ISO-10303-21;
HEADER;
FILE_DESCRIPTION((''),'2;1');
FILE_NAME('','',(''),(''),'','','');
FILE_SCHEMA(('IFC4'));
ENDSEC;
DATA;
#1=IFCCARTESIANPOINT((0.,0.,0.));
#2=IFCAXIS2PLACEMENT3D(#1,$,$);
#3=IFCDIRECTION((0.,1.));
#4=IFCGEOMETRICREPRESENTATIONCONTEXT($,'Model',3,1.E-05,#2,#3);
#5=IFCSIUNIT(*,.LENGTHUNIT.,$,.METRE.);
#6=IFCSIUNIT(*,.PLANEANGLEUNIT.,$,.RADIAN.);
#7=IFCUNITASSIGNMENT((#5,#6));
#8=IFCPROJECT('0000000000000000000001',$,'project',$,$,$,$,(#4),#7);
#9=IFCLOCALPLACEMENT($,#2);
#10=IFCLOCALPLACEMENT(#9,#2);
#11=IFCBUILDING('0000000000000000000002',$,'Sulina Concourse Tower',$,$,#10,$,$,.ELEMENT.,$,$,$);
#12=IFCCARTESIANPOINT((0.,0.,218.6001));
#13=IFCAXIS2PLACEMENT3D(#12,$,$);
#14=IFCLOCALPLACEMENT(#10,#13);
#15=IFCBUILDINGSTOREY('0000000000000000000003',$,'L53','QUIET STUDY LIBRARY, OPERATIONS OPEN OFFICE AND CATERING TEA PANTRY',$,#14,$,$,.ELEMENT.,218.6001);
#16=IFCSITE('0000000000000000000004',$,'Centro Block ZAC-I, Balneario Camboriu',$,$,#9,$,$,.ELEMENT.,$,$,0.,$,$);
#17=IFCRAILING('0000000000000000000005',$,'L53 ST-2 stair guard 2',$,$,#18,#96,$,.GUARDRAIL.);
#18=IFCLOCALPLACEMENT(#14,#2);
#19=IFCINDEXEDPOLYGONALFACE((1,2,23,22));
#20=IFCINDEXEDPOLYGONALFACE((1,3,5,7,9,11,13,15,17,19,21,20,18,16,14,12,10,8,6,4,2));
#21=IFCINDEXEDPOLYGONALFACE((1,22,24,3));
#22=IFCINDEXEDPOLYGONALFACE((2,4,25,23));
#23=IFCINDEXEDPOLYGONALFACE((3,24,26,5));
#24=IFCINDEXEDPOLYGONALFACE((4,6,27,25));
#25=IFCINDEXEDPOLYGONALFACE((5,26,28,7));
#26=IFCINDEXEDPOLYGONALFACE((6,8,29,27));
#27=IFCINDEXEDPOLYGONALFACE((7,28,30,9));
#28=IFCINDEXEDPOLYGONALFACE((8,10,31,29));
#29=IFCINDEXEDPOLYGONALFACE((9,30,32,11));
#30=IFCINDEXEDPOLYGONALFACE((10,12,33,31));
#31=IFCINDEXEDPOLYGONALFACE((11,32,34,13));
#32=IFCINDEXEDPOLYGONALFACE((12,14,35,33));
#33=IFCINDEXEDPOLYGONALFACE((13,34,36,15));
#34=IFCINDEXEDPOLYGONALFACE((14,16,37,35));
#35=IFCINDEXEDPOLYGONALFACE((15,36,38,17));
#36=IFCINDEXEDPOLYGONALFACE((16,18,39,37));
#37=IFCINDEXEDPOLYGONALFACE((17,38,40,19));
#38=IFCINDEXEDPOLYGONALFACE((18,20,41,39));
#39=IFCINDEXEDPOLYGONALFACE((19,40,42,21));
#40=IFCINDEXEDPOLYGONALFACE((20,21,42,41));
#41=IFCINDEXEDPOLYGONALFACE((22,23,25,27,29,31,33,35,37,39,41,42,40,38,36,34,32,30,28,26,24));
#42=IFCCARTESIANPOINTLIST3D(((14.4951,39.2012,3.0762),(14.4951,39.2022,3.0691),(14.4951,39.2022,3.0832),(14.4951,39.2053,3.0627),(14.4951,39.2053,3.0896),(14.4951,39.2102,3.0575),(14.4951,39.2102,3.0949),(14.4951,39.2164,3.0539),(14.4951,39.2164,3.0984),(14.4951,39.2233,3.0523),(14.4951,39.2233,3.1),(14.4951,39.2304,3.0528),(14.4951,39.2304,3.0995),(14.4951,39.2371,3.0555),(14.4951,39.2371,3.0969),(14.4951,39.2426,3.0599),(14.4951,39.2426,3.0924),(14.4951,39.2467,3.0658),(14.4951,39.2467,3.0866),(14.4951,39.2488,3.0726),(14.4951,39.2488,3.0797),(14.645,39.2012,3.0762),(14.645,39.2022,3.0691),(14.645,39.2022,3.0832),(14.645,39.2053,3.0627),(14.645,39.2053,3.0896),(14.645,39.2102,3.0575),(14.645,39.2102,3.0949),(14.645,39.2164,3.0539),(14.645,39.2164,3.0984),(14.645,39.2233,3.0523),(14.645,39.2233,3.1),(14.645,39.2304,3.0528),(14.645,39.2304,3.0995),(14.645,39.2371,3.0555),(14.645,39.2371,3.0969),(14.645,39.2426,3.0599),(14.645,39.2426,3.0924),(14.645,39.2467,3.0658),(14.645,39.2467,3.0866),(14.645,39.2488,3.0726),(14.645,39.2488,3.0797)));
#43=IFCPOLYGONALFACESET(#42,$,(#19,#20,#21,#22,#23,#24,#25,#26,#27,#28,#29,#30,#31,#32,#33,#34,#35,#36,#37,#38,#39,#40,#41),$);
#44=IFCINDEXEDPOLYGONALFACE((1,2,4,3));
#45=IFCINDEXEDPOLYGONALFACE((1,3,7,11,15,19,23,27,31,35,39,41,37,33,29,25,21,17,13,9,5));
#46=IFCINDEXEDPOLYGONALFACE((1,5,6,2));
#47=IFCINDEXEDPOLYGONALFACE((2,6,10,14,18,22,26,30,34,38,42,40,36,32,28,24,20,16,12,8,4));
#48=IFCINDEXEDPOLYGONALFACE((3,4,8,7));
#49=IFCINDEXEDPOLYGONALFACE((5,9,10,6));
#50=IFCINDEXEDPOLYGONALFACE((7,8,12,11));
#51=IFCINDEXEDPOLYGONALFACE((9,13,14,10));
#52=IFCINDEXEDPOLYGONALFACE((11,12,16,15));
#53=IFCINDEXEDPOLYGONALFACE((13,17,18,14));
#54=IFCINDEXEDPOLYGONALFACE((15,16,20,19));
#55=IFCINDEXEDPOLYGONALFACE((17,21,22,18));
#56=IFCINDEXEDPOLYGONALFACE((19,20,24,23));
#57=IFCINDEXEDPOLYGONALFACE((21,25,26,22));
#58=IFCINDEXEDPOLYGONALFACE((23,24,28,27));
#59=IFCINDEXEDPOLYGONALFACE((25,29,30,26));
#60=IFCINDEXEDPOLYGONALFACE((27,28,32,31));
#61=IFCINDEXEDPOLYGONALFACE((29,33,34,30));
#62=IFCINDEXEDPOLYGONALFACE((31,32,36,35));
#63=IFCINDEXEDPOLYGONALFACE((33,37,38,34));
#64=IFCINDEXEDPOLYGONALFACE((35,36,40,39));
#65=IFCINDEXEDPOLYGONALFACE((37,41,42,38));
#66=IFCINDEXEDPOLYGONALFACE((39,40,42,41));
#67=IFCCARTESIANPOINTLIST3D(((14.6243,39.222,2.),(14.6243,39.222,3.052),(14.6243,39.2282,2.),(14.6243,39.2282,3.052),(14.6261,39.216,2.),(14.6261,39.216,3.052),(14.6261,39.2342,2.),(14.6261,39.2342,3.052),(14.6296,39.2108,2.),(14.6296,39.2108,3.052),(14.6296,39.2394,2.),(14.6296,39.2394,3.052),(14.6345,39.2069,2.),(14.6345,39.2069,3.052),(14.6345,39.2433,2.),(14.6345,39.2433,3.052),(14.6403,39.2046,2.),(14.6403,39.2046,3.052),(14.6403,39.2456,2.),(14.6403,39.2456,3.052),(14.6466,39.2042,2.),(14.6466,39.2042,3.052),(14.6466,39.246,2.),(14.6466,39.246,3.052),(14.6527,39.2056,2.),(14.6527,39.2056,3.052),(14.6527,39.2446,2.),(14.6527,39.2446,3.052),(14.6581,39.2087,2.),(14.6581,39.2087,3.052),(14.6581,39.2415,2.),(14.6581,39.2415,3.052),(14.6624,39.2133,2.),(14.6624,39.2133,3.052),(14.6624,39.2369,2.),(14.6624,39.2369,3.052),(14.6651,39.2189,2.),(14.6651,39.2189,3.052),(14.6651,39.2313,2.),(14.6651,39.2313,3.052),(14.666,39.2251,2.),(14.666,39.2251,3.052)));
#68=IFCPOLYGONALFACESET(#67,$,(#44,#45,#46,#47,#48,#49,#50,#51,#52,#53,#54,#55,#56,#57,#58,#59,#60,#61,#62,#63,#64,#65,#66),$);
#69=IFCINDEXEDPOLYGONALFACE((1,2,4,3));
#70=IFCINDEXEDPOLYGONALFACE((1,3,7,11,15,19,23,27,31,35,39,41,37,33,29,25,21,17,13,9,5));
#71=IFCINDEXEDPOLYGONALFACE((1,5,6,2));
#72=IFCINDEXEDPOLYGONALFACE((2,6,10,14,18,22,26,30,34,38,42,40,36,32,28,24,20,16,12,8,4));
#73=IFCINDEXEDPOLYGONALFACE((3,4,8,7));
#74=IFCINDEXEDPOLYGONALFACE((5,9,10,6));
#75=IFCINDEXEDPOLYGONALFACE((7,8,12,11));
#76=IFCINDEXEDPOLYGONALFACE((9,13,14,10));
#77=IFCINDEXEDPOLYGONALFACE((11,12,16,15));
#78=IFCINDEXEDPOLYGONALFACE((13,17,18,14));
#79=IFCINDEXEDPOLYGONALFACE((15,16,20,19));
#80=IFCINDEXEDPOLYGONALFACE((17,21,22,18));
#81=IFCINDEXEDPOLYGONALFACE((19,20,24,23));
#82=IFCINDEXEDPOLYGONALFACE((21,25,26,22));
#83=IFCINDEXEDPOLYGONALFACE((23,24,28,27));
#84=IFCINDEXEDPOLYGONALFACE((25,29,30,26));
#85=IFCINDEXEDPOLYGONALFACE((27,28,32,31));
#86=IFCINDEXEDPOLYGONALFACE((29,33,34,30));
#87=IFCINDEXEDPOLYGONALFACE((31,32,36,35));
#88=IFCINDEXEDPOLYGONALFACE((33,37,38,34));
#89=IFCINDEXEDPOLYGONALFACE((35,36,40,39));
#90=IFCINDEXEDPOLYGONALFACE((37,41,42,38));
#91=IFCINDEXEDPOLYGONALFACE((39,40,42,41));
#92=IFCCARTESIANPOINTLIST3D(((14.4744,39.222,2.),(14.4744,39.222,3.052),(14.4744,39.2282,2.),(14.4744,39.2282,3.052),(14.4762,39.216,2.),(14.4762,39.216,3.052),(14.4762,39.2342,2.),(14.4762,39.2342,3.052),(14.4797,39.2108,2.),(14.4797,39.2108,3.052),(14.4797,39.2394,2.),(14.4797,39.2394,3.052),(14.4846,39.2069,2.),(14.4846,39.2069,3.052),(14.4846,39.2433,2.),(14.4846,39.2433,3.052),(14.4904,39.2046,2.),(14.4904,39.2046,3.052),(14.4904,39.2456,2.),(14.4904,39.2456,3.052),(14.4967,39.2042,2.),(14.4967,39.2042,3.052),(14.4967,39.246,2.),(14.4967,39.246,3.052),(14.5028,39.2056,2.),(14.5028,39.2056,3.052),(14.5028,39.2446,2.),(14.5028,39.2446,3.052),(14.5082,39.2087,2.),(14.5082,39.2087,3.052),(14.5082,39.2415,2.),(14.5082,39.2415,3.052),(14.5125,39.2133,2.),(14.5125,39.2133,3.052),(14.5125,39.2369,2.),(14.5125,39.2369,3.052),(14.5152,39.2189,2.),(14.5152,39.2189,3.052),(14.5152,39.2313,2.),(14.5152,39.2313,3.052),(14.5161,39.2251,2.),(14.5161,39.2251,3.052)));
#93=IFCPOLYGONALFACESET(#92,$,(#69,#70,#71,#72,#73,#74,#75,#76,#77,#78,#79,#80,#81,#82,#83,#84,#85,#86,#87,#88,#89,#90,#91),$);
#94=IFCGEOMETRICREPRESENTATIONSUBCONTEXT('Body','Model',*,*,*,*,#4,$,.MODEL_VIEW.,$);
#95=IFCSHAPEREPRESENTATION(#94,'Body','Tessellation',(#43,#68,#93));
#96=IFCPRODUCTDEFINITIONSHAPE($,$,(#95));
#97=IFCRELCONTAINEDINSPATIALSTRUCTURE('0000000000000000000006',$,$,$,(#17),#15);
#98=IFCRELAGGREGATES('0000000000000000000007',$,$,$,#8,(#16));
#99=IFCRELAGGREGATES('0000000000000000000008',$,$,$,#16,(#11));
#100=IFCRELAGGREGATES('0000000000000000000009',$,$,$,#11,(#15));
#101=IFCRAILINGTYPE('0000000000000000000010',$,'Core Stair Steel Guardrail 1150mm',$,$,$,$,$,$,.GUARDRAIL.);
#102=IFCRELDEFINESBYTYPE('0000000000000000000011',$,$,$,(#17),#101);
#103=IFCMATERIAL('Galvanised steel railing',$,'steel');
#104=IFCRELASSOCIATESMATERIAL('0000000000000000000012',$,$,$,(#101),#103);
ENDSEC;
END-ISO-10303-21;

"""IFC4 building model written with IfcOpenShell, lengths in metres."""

from ifc_helpers import new_model, si_unit, direction, frame, origin, origin_2d, place, context, subcontext, project, spatial, circle, extrude, material, type_object, element, save


model = new_model("IFC4")

# Units and contexts
model_context = context("Model", 3, precision=1e-05, world=origin(), true_north=direction((0.0, 1.0)))
body_context = subcontext(model_context, "Body", "Model", "MODEL_VIEW")
ifc_project = project(units=[si_unit("LENGTHUNIT", "METRE"), si_unit("PLANEANGLEUNIT", "RADIAN")], contexts=[model_context])

# Site, building, storey
site_placement = place(None, origin())
site = spatial("IfcSite", under=ifc_project, at=site_placement, Name="Centro Block ZAC-I, Balneario Camboriu", CompositionType="ELEMENT", RefElevation=0.0)
building_placement = place(site_placement, origin())
building = spatial("IfcBuilding", under=site, at=building_placement, Name="Sulina Concourse Tower", CompositionType="ELEMENT")
storey_placement = place(building_placement, frame((0.0, 0.0, 218.6001)))
storey = spatial("IfcBuildingStorey", under=building, at=storey_placement, Name="L53", Description="QUIET STUDY LIBRARY, OPERATIONS OPEN OFFICE AND CATERING TEA PANTRY", CompositionType="ELEMENT", Elevation=218.6001)

# Railing
ifc_material_1 = material(Name="Galvanised steel railing", Category="steel")
railing_type_1 = type_object("IfcRailingType", Name="Core Stair Steel Guardrail 1150mm", PredefinedType="GUARDRAIL", material=ifc_material_1)
railing_1_placement = place(storey_placement, frame((14.645, 39.2251, 2.0)))
element("IfcRailing", 1, at=railing_1_placement, inside=storey, type_object=railing_type_1, Name="L53 ST-2 stair guard 2", PredefinedType="GUARDRAIL", context=body_context, shape_type="SweptSolid", body=[
    extrude(circle(Radius=0.0239, at=origin_2d()), frame((0.0, 0.0, 1.0762), z_axis=(-1.0, 0.0, 0.0), x_axis=(0.0, -1.0, 0.0)), (0.0, 0.0, 1.0), 0.1499),
    extrude(circle(Radius=0.021, at=origin_2d()), origin(), (0.0, 0.0, 1.0), 1.052),
    extrude(circle(Radius=0.021, at=origin_2d()), frame((-0.1499, 0.0, 0.0)), (0.0, 0.0, 1.0), 1.052),
])

save(model, "model.ifc")
